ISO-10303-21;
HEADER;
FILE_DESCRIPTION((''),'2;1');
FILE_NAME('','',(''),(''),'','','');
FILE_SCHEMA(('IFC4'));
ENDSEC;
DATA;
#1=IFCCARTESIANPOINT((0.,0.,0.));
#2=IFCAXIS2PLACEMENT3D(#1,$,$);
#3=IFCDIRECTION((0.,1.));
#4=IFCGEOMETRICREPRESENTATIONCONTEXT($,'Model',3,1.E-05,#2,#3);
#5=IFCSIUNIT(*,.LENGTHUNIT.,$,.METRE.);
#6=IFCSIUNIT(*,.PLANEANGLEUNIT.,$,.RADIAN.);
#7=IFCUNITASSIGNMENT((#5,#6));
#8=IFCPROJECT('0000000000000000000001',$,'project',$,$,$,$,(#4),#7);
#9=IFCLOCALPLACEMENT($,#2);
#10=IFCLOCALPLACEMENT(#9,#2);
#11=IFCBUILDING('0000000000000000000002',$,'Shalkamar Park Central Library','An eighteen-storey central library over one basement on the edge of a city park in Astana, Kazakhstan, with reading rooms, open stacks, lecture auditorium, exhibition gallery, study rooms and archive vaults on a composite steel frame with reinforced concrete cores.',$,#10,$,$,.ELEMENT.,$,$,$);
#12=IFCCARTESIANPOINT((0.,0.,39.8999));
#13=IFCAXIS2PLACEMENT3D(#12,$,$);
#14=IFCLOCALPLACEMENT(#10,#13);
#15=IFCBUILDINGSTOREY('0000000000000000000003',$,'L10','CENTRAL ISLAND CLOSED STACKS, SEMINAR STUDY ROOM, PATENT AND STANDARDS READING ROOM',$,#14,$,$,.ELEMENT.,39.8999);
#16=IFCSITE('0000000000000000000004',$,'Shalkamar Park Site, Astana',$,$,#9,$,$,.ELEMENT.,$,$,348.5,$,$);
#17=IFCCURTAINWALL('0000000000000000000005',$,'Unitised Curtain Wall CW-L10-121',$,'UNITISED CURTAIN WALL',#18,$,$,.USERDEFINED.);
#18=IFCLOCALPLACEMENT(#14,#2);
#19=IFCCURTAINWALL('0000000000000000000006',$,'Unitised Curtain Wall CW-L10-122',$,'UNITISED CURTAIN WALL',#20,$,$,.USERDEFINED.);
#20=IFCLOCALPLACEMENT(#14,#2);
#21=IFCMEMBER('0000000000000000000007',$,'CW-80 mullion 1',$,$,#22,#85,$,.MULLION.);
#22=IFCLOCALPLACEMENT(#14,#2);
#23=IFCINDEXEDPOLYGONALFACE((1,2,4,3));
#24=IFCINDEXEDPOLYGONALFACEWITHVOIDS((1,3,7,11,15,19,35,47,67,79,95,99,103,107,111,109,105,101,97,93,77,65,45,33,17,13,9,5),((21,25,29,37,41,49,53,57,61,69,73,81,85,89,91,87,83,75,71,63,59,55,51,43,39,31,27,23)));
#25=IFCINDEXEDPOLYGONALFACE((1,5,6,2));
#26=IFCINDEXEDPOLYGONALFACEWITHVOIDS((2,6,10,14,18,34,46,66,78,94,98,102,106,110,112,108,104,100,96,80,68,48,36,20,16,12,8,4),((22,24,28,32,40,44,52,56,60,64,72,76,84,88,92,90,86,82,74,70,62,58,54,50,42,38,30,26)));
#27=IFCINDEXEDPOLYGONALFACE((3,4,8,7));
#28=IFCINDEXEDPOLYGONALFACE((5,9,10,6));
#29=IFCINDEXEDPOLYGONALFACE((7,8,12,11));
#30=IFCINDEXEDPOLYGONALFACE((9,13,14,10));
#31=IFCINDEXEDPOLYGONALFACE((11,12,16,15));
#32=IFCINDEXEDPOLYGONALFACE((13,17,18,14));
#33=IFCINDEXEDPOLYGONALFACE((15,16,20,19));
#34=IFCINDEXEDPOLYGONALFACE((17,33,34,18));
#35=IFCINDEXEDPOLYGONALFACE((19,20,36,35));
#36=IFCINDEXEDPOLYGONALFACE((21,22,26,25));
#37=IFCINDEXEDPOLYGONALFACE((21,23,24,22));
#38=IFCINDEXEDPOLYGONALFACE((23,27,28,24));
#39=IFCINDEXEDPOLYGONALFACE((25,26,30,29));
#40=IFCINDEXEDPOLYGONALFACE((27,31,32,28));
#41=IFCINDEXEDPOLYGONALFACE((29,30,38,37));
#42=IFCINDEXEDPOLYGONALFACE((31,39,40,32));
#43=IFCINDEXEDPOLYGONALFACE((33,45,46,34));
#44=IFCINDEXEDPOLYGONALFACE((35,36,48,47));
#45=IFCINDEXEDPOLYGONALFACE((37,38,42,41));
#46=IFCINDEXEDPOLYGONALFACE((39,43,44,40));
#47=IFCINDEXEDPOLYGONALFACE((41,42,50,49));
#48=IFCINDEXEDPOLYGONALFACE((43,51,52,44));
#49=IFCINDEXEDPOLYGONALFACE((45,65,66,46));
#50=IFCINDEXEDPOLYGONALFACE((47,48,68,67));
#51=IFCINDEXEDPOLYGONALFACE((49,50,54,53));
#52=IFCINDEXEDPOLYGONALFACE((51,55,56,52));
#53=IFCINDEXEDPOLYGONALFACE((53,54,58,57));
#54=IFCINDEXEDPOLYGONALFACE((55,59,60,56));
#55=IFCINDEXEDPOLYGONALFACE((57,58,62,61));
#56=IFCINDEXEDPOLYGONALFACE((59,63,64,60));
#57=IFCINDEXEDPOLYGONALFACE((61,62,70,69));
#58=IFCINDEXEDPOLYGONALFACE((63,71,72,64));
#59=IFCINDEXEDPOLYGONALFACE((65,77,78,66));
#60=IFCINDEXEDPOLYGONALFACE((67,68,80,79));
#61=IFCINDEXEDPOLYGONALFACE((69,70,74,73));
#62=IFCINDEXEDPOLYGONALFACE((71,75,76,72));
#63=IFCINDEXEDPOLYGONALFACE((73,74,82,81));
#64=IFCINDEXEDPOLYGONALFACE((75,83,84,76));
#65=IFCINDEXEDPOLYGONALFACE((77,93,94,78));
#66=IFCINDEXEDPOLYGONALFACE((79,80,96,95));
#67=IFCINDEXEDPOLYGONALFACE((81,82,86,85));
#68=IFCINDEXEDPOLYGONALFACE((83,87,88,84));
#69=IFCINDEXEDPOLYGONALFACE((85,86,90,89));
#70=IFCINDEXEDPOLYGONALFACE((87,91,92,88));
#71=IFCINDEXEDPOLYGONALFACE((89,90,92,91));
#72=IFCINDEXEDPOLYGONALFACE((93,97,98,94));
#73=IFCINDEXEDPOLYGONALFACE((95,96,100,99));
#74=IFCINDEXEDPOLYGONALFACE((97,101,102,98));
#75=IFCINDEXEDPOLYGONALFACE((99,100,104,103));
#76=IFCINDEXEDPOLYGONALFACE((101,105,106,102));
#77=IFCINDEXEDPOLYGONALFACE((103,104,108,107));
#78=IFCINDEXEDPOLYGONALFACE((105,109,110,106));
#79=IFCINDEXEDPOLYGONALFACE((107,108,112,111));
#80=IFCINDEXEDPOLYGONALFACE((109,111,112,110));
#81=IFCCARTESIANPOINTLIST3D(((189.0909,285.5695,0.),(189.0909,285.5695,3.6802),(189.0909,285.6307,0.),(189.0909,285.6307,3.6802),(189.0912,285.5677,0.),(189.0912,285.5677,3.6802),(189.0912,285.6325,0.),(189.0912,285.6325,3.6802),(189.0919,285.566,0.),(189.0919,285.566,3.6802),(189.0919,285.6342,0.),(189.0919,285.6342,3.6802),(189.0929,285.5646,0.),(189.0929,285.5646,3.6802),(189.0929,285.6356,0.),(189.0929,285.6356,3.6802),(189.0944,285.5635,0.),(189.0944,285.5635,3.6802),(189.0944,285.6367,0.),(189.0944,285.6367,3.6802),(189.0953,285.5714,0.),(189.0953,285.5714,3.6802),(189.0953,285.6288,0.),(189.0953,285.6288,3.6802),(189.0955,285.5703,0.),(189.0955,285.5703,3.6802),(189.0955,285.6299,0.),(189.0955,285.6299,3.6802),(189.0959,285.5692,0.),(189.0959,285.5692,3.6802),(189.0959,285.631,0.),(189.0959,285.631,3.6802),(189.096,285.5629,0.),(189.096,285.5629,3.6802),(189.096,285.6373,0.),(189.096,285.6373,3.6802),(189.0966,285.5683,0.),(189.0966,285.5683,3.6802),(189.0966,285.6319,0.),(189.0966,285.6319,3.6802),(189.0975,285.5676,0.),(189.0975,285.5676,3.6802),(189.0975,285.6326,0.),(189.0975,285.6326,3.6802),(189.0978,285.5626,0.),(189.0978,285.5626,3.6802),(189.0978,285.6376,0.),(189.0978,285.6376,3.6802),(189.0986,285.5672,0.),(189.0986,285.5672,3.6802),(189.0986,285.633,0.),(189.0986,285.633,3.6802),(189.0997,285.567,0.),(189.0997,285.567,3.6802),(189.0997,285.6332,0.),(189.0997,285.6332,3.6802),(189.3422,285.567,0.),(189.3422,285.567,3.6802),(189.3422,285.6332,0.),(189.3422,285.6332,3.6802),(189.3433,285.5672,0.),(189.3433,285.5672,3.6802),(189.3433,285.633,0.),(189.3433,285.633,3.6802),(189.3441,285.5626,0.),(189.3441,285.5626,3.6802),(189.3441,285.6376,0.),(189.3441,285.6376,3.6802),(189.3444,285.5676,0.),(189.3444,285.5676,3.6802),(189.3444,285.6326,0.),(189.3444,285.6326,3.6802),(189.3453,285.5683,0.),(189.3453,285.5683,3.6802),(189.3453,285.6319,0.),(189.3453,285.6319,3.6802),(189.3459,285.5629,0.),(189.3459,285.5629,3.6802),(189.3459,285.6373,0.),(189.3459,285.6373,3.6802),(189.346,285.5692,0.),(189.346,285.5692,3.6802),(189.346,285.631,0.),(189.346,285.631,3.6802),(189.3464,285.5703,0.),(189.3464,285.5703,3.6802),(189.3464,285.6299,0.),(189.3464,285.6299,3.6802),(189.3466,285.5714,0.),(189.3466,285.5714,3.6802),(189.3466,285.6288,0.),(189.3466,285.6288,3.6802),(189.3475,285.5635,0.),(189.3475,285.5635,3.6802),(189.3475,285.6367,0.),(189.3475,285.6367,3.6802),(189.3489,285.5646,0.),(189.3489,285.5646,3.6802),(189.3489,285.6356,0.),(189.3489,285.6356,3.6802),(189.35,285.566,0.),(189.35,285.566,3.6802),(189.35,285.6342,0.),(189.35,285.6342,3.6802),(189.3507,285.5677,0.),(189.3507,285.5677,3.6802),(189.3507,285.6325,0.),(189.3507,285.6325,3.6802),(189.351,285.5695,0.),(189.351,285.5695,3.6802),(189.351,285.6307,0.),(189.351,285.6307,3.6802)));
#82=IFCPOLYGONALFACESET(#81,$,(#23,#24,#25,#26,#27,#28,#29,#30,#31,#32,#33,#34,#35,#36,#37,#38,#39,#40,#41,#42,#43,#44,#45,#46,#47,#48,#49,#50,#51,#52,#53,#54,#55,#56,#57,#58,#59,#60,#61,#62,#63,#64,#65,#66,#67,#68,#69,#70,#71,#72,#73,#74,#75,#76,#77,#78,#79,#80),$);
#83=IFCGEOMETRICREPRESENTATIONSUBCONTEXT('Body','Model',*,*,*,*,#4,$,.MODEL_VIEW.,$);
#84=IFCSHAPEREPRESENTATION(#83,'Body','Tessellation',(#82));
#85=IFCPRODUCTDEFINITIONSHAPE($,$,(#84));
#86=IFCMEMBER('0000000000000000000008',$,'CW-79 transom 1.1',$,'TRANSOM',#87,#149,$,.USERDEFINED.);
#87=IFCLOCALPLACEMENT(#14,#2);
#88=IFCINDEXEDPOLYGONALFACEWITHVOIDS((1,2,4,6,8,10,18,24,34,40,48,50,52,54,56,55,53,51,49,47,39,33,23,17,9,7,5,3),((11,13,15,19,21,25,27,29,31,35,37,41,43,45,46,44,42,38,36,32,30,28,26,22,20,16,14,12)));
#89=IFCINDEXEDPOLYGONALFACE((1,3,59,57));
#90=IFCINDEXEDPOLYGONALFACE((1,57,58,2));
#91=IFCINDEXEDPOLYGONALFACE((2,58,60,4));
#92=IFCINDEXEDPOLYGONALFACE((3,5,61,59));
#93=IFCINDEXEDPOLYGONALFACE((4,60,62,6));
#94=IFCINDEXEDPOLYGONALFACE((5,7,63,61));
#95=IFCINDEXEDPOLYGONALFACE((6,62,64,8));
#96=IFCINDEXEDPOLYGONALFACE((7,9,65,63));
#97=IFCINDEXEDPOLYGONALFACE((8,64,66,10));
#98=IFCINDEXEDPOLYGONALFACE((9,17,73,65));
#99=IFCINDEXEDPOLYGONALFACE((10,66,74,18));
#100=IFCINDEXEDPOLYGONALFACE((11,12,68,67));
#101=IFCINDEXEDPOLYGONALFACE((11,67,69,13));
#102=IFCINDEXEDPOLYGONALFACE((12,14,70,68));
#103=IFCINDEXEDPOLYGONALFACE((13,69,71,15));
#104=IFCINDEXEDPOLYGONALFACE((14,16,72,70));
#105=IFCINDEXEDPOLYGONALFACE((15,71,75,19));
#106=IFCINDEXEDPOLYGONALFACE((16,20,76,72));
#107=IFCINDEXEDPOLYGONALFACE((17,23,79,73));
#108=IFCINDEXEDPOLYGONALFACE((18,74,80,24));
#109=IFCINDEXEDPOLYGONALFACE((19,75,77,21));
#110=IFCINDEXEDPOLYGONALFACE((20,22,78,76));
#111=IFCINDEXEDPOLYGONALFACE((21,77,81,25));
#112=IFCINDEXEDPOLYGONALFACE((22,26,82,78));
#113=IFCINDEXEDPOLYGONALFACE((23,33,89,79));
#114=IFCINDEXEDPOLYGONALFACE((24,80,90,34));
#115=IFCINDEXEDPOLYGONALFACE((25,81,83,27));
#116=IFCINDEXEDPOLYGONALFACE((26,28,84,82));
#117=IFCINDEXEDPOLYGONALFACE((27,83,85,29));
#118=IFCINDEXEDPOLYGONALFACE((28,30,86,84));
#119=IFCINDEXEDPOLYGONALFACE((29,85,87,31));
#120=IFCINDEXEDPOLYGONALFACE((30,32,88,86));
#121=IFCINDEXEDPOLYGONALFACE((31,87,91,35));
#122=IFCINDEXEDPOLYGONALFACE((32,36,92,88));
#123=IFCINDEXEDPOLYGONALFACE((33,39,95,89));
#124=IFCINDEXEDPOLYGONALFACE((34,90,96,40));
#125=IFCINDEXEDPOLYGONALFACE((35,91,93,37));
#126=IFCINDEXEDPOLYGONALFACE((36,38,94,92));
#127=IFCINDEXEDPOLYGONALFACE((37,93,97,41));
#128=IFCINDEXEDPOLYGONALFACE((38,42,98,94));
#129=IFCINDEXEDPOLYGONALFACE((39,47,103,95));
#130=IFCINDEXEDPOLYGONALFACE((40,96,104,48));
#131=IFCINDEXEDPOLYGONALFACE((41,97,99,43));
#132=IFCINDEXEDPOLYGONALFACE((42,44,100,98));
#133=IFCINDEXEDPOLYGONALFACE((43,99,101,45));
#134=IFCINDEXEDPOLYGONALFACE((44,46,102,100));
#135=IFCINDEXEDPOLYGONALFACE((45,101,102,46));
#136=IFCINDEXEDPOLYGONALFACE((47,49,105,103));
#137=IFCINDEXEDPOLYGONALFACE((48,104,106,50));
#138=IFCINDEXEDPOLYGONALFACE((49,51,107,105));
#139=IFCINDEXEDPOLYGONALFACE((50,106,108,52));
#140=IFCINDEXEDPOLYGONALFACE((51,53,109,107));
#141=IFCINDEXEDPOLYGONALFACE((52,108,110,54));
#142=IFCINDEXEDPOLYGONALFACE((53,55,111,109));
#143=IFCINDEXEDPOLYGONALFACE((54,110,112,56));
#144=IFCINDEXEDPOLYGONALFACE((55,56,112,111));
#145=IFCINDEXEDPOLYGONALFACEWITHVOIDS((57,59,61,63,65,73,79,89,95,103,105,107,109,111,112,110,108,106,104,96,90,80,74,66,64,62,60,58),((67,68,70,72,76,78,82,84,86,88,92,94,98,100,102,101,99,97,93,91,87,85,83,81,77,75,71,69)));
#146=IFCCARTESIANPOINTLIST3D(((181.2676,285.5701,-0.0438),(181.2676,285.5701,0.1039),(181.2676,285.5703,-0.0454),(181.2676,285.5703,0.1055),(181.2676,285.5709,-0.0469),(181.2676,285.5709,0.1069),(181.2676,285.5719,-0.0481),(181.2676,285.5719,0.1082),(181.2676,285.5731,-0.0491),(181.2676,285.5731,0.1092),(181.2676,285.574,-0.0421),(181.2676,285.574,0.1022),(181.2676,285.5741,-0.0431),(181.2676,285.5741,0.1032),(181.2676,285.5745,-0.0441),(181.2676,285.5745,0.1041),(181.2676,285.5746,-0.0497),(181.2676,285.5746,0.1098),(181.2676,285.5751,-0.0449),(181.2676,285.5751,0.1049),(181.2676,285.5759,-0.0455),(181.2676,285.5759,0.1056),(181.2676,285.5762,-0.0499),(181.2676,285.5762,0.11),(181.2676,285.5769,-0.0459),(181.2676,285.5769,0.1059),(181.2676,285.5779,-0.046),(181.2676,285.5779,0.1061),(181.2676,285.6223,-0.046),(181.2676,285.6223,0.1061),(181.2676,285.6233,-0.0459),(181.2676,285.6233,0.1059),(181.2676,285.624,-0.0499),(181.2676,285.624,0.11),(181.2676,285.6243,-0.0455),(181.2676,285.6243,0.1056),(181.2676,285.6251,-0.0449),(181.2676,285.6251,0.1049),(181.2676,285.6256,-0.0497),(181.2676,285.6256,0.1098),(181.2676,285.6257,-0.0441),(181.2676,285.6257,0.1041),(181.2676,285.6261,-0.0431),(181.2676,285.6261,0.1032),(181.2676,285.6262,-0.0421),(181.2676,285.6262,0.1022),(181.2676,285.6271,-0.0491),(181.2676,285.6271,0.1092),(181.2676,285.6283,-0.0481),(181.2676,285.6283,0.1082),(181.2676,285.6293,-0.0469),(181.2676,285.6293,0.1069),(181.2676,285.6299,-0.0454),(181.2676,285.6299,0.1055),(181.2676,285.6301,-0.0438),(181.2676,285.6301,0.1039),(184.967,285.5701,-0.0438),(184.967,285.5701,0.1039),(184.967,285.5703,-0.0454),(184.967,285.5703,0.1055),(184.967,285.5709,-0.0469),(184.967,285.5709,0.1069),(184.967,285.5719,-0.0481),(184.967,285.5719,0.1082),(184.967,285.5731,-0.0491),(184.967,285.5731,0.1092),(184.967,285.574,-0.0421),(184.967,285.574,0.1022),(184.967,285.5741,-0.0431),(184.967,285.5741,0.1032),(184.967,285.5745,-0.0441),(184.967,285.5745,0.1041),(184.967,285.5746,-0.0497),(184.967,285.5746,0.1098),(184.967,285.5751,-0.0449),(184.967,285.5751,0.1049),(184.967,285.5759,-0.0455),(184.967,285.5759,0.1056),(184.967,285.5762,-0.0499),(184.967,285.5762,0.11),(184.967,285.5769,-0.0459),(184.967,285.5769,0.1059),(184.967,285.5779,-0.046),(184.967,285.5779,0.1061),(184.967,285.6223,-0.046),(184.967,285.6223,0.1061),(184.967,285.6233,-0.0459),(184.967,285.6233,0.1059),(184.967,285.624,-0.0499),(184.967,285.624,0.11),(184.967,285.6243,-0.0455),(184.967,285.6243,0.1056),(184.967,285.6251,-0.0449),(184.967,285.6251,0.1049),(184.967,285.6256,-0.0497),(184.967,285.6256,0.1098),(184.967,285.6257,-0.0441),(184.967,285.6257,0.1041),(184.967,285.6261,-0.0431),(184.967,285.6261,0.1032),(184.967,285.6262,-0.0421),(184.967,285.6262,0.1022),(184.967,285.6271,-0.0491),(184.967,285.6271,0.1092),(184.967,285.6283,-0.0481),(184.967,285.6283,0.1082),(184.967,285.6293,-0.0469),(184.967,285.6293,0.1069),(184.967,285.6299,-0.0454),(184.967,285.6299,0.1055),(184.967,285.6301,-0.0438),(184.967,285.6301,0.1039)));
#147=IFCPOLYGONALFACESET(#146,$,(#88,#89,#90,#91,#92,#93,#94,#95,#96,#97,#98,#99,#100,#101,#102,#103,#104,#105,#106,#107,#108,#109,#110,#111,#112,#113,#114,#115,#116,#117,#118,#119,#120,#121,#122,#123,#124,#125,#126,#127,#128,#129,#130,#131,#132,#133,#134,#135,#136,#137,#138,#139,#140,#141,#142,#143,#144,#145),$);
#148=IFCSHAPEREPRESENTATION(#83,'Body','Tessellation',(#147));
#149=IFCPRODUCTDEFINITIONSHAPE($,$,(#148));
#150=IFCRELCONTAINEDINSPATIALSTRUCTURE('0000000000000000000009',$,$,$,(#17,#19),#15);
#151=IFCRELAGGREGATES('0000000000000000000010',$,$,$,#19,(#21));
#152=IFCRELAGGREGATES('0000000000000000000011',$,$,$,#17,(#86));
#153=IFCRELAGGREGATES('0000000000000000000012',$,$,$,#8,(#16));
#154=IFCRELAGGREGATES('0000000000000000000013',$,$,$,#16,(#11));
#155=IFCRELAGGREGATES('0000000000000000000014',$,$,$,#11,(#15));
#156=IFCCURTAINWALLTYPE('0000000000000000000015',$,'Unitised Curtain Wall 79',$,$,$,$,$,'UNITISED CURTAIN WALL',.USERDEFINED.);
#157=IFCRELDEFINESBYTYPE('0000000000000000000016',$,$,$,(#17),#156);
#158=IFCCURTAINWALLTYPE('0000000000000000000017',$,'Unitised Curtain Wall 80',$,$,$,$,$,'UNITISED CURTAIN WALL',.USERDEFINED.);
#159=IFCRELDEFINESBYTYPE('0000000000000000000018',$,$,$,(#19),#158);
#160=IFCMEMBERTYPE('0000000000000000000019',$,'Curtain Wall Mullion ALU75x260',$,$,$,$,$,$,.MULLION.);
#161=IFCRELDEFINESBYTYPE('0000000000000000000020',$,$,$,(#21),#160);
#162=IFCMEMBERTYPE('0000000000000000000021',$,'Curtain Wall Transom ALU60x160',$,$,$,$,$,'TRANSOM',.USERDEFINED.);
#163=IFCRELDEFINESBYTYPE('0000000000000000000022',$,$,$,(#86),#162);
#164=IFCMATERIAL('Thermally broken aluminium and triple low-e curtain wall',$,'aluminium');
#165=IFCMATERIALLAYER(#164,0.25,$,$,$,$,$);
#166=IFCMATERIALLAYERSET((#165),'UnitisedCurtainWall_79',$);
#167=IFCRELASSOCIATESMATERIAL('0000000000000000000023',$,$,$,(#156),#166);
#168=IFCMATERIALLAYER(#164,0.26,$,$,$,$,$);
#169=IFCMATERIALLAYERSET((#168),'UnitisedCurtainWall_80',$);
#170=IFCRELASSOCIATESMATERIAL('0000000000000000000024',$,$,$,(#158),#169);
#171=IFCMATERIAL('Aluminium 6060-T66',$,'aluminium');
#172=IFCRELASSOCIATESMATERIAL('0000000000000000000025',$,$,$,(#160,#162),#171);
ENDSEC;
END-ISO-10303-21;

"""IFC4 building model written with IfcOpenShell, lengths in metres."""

from ifc_helpers import new_model, si_unit, direction, frame, origin, origin_2d, place, context, subcontext, project, spatial, hollow_rectangle, extrude, material, layer, layer_set, material_profile, profile_set, type_object, element, aggregate, save


model = new_model("IFC4")

# Units and contexts
model_context = context("Model", 3, precision=1e-05, world=origin(), true_north=direction((0.0, 1.0)))
body_context = subcontext(model_context, "Body", "Model", "MODEL_VIEW")
ifc_project = project(units=[si_unit("LENGTHUNIT", "METRE"), si_unit("PLANEANGLEUNIT", "RADIAN")], contexts=[model_context])

# Site, building, storey
site_placement = place(None, origin())
site = spatial("IfcSite", under=ifc_project, at=site_placement, Name="Shalkamar Park Site, Astana", CompositionType="ELEMENT", RefElevation=348.5)
building_placement = place(site_placement, origin())
building = spatial("IfcBuilding", under=site, at=building_placement, Name="Shalkamar Park Central Library", Description="An eighteen-storey central library over one basement on the edge of a city park in Astana, Kazakhstan, with reading rooms, open stacks, lecture auditorium, exhibition gallery, study rooms and archive vaults on a composite steel frame with reinforced concrete cores.", CompositionType="ELEMENT")
storey_placement = place(building_placement, frame((0.0, 0.0, 39.8999)))
storey = spatial("IfcBuildingStorey", under=building, at=storey_placement, Name="L10", Description="CENTRAL ISLAND CLOSED STACKS, SEMINAR STUDY ROOM, PATENT AND STANDARDS READING ROOM", CompositionType="ELEMENT", Elevation=39.8999)

# Curtain wall
ifc_material_1 = material(Name="Thermally broken aluminium and triple low-e curtain wall", Category="aluminium")
ifc_layer_1 = layer(ifc_material_1, 0.25)
ifc_layer_set_1 = layer_set([ifc_layer_1], Name="UnitisedCurtainWall_79")
curtain_wall_type_1 = type_object("IfcCurtainWallType", Name="Unitised Curtain Wall 79", ElementType="UNITISED CURTAIN WALL", PredefinedType="USERDEFINED", material=ifc_layer_set_1)
curtain_wall_1_placement = place(storey_placement, origin())
curtain_wall_1 = element("IfcCurtainWall", 1, at=curtain_wall_1_placement, inside=storey, type_object=curtain_wall_type_1, Name="Unitised Curtain Wall CW-L10-121", ObjectType="UNITISED CURTAIN WALL", PredefinedType="USERDEFINED")
ifc_material_2 = material(Name="Aluminium 6060-T66", Category="aluminium")

# Curtain wall, member
ifc_layer_2 = layer(ifc_material_1, 0.26)
ifc_layer_set_2 = layer_set([ifc_layer_2], Name="UnitisedCurtainWall_80")
curtain_wall_type_2 = type_object("IfcCurtainWallType", Name="Unitised Curtain Wall 80", ElementType="UNITISED CURTAIN WALL", PredefinedType="USERDEFINED", material=ifc_layer_set_2)
curtain_wall_2_placement = place(storey_placement, origin())
curtain_wall_2 = element("IfcCurtainWall", 2, at=curtain_wall_2_placement, inside=storey, type_object=curtain_wall_type_2, Name="Unitised Curtain Wall CW-L10-122", ObjectType="UNITISED CURTAIN WALL", PredefinedType="USERDEFINED")
ifc_material_profile_1 = material_profile(ifc_material_2, hollow_rectangle(XDim=0.075, YDim=0.26, WallThickness=0.0044, InnerFilletRadius=0.0044, OuterFilletRadius=0.0068, at=origin_2d()), Name="ALU 75x260x4.5")
ifc_profile_set_1 = profile_set([ifc_material_profile_1], Name="Aluminium 6060-T66")
member_type_1 = type_object("IfcMemberType", Name="Curtain Wall Mullion ALU75x260", PredefinedType="MULLION", material=ifc_profile_set_1)
member_1_placement = place(storey_placement, frame((189.2209, 285.6001, 0.0), z_axis=(0.0, 0.0, 1.0), x_axis=(0.0, 1.0, 0.0)))
member_1 = element("IfcMember", 3, at=member_1_placement, type_object=member_type_1, Name="CW-80 mullion 1", PredefinedType="MULLION", context=body_context, shape_type="SweptSolid", body=[
    extrude(hollow_rectangle(XDim=0.075, YDim=0.26, WallThickness=0.0044, InnerFilletRadius=0.0044, OuterFilletRadius=0.0068, at=origin_2d()), origin(), (0.0, 0.0, 1.0), 3.6802),
])

# Member
ifc_material_profile_2 = material_profile(ifc_material_2, hollow_rectangle(XDim=0.0601, YDim=0.1599, WallThickness=0.0039, InnerFilletRadius=0.0039, OuterFilletRadius=0.0061, at=origin_2d()), Name="ALU 60x160x4")
ifc_profile_set_2 = profile_set([ifc_material_profile_2], Name="Aluminium 6060-T66")
member_type_2 = type_object("IfcMemberType", Name="Curtain Wall Transom ALU60x160", ElementType="TRANSOM", PredefinedType="USERDEFINED", material=ifc_profile_set_2)
member_2_placement = place(storey_placement, frame((181.2676, 285.6001, 0.03), z_axis=(1.0, 0.0, 0.0), x_axis=(0.0, 1.0, 0.0)))
member_2 = element("IfcMember", 4, at=member_2_placement, type_object=member_type_2, Name="CW-79 transom 1.1", ObjectType="TRANSOM", PredefinedType="USERDEFINED", context=body_context, shape_type="SweptSolid", body=[
    extrude(hollow_rectangle(XDim=0.0601, YDim=0.1599, WallThickness=0.0039, InnerFilletRadius=0.0039, OuterFilletRadius=0.0061, at=origin_2d()), origin(), (0.0, 0.0, 1.0), 3.6995),
])

aggregate(curtain_wall_2, [member_1])
aggregate(curtain_wall_1, [member_2])

save(model, "model.ifc")
